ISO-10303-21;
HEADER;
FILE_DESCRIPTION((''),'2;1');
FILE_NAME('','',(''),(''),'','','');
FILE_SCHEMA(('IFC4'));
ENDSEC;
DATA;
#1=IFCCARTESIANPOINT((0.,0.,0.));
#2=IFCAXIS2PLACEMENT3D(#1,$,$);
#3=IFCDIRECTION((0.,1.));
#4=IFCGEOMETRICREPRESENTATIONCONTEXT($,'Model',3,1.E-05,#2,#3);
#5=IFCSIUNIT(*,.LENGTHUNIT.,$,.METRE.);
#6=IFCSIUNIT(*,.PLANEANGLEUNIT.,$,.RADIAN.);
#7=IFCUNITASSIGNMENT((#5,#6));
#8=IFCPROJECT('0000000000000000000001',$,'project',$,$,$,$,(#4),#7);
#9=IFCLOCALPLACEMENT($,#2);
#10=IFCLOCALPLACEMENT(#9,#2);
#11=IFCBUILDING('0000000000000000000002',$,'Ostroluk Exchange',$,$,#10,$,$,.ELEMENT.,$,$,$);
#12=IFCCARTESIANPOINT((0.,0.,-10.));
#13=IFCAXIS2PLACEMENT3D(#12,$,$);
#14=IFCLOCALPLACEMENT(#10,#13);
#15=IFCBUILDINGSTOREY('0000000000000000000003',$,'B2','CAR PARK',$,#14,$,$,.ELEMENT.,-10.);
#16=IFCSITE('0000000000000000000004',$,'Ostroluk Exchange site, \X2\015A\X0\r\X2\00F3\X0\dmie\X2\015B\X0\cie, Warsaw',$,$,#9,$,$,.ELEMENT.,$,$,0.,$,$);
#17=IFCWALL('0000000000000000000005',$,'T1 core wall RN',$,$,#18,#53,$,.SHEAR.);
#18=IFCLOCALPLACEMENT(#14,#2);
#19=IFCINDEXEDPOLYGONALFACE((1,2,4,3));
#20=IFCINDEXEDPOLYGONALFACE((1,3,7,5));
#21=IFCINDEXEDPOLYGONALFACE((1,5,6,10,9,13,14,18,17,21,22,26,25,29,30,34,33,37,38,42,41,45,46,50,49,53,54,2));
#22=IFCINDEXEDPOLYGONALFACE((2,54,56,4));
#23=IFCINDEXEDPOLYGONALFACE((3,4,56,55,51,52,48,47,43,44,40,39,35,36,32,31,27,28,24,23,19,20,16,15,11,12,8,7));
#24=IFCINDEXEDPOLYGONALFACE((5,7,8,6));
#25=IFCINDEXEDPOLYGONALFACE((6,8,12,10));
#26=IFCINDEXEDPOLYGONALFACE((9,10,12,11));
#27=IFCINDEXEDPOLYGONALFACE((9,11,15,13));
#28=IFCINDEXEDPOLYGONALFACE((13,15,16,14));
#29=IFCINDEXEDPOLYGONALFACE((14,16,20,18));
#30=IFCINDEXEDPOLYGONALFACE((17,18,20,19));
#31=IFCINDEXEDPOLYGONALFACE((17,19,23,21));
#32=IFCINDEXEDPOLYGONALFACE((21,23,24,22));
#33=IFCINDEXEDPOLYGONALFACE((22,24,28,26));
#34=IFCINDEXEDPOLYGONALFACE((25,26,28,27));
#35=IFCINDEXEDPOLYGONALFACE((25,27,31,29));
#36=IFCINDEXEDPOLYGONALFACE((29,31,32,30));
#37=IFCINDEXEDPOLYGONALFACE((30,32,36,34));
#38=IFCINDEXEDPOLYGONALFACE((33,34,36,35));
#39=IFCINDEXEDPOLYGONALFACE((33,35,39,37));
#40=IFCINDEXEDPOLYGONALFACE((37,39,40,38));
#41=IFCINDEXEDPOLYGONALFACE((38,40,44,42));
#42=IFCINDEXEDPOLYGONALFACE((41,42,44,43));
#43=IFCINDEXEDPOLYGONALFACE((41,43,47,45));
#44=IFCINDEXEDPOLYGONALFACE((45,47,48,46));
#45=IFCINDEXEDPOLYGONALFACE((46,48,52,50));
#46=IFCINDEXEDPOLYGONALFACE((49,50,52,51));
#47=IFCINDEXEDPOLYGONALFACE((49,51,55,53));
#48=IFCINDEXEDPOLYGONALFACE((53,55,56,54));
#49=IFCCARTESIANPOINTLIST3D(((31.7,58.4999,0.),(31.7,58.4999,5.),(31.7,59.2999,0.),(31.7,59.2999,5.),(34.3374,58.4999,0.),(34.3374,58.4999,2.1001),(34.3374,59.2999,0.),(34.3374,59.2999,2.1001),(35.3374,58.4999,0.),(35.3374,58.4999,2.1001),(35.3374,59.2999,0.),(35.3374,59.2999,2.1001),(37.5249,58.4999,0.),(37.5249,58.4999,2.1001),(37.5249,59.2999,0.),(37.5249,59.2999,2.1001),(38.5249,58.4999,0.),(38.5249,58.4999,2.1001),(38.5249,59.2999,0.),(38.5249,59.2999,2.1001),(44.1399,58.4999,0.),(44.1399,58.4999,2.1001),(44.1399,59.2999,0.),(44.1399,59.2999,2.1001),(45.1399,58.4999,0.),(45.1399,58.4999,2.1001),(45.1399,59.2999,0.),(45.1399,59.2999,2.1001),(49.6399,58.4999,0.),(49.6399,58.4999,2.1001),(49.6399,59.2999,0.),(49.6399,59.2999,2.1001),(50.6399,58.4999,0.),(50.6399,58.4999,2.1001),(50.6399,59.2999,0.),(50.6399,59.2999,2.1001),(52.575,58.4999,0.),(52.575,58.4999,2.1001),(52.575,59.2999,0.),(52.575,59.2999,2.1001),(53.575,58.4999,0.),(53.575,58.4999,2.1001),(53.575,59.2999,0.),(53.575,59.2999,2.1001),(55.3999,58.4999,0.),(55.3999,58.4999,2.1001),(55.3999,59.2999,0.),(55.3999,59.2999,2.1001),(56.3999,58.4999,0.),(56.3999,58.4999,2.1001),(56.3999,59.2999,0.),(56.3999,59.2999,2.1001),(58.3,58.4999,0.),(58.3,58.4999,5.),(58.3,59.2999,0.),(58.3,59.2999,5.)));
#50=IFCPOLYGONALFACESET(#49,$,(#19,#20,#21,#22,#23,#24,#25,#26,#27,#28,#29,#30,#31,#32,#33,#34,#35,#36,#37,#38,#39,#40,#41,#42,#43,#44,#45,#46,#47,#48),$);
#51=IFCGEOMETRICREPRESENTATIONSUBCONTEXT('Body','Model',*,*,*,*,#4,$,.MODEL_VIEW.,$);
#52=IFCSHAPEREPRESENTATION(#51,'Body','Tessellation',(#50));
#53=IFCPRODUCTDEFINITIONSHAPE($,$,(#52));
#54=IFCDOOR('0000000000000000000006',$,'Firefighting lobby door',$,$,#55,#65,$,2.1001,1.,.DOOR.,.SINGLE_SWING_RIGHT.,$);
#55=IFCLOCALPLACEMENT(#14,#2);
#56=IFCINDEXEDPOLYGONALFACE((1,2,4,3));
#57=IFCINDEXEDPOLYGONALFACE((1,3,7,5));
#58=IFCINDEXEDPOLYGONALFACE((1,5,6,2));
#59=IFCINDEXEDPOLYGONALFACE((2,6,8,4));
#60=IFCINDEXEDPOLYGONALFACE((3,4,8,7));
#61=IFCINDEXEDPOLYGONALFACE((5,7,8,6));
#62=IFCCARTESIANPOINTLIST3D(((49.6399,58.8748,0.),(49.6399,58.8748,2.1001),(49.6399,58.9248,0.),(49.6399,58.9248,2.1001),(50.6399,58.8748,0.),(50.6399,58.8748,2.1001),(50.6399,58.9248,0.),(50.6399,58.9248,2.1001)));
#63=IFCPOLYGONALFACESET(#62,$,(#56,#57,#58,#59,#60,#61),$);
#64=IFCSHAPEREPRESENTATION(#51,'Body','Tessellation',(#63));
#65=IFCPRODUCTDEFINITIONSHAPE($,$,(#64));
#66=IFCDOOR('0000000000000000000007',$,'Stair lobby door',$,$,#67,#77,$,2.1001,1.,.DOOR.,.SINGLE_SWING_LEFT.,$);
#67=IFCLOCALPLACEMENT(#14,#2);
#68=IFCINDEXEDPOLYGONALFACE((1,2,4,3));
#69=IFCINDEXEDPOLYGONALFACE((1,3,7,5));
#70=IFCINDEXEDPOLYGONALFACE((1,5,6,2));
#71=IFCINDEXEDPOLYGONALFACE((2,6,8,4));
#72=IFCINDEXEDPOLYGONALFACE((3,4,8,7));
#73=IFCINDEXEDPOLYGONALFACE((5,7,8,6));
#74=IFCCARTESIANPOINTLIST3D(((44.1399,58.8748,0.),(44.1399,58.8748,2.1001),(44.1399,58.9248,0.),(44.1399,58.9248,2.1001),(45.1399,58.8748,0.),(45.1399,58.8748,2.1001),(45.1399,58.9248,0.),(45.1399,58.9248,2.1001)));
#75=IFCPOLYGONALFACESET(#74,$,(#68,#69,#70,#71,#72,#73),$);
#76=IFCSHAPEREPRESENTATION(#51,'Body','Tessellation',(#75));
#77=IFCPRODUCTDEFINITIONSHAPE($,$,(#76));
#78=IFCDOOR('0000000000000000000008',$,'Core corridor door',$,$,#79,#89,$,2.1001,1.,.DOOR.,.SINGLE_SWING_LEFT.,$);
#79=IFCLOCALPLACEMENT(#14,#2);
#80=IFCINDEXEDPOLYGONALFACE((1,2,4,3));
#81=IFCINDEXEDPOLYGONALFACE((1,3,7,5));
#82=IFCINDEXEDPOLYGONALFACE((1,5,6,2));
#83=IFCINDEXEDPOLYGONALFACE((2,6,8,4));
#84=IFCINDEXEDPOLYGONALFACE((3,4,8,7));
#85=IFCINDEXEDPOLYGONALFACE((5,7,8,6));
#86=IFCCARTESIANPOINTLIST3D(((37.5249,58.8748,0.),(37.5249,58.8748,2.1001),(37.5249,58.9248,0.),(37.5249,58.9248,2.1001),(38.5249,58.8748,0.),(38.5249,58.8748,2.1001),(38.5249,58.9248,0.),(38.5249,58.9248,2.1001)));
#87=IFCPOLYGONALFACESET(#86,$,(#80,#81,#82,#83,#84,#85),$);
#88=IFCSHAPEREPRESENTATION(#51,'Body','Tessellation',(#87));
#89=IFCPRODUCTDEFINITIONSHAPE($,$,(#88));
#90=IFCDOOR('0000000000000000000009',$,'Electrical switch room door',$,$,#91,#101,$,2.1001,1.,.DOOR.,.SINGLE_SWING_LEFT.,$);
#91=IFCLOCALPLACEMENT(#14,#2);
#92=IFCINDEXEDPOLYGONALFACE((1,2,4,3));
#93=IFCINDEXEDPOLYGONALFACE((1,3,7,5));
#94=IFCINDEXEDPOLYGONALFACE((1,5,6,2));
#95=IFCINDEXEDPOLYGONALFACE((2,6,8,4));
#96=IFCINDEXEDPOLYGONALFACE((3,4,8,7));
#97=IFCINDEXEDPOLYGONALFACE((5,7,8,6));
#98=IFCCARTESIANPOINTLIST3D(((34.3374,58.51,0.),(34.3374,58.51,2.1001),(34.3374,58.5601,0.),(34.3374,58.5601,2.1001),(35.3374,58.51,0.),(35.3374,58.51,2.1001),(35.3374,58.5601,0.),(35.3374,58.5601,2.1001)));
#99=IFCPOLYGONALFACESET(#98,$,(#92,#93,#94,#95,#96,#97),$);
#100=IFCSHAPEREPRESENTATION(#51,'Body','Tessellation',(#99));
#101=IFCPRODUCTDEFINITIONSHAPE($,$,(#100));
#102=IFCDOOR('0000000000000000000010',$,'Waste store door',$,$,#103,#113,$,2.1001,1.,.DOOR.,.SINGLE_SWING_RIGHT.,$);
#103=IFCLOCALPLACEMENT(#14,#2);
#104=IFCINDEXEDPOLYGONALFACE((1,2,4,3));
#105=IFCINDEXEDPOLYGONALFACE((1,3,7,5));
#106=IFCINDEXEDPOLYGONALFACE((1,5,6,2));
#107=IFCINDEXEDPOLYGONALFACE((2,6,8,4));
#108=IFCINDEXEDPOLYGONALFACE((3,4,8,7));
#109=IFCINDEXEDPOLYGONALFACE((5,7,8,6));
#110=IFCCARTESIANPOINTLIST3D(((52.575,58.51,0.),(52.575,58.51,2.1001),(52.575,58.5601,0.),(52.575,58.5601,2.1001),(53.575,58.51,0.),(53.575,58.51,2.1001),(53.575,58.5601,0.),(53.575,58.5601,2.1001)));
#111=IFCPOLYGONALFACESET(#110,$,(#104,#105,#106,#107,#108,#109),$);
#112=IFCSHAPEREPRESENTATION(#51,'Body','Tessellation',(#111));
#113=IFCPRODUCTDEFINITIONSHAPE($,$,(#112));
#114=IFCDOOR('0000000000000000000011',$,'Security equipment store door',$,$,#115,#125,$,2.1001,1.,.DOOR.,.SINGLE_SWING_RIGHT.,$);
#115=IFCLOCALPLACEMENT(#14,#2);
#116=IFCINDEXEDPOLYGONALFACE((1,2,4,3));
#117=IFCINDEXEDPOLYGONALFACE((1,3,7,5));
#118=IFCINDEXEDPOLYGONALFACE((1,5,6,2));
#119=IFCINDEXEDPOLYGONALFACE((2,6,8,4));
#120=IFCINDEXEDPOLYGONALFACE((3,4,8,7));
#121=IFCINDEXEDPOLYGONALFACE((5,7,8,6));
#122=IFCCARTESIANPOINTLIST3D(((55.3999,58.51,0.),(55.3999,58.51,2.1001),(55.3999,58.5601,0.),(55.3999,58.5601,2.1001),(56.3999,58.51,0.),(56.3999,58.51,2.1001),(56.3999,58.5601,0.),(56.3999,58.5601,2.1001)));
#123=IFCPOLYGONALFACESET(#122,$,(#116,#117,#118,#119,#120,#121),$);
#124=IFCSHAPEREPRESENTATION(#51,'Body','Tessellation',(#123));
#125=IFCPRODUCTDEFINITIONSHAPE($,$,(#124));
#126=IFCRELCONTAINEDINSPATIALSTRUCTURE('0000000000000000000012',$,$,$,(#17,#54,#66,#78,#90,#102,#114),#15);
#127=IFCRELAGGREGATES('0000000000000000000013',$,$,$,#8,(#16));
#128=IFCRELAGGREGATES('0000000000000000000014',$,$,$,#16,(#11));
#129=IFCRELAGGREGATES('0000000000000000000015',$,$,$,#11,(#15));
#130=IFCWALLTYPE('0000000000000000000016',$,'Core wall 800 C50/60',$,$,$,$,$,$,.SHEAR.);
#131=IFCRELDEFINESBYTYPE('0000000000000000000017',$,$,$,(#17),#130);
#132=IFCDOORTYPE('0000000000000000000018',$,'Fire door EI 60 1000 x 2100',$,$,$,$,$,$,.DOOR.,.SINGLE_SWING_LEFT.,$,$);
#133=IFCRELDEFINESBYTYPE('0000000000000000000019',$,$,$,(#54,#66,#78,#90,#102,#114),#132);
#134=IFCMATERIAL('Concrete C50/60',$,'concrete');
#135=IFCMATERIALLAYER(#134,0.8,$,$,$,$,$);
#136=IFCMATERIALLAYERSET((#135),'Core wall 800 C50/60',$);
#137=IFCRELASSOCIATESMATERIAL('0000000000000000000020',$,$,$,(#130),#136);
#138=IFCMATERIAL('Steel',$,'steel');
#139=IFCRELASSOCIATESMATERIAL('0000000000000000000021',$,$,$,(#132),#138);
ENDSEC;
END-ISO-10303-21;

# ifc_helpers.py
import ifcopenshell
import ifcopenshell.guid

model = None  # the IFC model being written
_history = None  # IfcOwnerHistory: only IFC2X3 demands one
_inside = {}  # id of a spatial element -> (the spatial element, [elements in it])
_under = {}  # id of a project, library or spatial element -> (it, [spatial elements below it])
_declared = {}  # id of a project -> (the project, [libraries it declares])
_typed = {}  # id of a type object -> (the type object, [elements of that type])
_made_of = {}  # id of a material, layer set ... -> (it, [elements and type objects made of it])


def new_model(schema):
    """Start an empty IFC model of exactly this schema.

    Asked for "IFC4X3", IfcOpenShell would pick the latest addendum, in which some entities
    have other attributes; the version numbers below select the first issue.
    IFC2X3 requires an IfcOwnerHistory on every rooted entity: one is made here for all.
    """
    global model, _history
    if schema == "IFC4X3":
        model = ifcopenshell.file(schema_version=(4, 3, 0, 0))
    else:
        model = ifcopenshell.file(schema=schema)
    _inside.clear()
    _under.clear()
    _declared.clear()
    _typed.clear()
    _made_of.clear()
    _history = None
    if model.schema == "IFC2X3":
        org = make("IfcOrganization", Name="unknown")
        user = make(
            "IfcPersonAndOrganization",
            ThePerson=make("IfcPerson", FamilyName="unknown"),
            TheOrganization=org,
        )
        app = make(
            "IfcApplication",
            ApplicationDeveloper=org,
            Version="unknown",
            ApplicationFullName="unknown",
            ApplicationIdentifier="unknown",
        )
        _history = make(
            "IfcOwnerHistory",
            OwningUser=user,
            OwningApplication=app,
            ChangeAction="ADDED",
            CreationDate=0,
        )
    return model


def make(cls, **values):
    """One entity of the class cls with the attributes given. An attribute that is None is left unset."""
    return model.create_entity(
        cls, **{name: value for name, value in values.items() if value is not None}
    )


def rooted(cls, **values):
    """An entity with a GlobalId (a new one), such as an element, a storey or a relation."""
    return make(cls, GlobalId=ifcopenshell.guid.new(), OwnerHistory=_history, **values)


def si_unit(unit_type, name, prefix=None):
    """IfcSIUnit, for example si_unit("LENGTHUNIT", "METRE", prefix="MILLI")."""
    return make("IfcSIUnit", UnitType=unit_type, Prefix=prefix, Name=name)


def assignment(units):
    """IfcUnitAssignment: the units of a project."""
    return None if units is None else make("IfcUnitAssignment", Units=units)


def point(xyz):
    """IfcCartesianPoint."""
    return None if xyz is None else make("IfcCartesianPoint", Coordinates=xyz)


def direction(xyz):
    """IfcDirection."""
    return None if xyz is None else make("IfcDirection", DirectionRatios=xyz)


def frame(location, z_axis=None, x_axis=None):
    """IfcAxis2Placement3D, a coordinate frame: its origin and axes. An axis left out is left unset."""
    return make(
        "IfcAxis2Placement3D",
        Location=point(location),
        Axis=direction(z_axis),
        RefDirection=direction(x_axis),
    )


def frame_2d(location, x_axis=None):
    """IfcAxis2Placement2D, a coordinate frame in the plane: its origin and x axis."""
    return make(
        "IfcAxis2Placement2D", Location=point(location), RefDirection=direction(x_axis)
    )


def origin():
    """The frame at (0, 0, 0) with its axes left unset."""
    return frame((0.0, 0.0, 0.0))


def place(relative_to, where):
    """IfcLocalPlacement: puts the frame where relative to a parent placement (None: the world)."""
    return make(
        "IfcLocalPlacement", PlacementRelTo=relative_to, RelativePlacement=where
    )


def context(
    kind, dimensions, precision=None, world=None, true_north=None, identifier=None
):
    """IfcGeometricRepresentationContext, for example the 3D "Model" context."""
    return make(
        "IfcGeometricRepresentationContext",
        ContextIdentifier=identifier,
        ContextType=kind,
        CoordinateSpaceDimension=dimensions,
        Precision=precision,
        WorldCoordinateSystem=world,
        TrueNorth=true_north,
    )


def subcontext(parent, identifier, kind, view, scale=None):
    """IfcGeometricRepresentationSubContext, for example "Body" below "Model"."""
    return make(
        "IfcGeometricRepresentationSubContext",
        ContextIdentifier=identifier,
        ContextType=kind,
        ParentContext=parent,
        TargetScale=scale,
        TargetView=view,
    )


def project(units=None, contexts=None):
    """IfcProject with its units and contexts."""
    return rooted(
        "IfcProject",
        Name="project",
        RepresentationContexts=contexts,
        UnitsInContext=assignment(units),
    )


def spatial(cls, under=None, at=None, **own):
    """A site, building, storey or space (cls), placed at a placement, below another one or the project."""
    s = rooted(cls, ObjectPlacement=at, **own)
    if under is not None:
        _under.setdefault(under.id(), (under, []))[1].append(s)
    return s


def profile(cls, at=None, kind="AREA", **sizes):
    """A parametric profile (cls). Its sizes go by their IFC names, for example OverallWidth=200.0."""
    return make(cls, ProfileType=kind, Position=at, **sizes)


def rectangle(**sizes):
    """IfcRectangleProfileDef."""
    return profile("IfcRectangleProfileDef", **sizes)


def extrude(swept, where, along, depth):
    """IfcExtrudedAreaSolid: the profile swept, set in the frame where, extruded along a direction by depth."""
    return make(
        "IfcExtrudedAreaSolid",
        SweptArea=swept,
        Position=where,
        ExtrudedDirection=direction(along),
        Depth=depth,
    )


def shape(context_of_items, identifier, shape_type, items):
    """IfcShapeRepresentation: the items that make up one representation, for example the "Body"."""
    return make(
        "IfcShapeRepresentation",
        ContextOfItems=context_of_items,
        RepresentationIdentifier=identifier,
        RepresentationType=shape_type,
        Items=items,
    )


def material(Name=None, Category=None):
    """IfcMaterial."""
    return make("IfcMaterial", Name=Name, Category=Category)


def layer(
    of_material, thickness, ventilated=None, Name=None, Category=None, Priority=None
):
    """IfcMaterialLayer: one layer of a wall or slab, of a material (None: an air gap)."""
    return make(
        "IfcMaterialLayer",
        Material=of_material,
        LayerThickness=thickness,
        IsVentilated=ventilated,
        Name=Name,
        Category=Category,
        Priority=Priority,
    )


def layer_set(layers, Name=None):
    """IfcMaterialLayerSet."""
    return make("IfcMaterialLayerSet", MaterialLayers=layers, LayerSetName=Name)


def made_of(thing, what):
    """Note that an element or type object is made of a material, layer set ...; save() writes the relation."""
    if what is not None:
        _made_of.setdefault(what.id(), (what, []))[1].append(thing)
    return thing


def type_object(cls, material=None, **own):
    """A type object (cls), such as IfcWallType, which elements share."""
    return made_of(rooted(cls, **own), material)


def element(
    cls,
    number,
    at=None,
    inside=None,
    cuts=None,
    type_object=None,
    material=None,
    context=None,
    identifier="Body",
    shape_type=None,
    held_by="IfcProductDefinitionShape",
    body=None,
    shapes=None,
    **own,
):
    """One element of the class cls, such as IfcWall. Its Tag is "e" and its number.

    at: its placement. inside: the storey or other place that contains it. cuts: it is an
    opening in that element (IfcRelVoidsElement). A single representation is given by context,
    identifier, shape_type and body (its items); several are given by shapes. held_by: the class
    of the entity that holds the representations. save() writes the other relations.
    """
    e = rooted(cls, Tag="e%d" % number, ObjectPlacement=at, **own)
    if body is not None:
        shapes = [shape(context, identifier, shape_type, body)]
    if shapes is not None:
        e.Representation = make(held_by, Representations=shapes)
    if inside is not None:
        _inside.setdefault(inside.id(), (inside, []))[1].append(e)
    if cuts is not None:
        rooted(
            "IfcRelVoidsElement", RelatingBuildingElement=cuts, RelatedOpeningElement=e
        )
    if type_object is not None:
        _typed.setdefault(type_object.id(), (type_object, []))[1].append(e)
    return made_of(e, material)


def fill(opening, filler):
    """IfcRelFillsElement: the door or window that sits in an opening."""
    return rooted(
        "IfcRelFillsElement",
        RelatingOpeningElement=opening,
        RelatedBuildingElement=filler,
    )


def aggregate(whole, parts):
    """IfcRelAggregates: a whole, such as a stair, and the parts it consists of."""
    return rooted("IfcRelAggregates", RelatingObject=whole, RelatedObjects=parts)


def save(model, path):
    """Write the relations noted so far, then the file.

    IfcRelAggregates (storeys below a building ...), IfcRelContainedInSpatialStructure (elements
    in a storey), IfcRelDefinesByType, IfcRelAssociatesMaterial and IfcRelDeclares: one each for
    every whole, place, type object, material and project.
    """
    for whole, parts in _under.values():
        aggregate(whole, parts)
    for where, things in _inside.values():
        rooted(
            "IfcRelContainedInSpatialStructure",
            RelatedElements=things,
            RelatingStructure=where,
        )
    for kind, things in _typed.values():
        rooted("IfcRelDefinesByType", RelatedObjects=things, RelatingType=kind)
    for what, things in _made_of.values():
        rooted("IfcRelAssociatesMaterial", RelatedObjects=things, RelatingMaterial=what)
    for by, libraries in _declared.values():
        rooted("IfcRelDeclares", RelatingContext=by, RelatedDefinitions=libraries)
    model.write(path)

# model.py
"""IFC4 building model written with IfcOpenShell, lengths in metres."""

from ifc_helpers import new_model, si_unit, direction, frame, frame_2d, origin, place, context, subcontext, project, spatial, rectangle, extrude, material, layer, layer_set, type_object, element, fill, save


model = new_model("IFC4")

# Units and contexts
model_context = context("Model", 3, precision=1e-05, world=origin(), true_north=direction((0.0, 1.0)))
body_context = subcontext(model_context, "Body", "Model", "MODEL_VIEW")
ifc_project = project(units=[si_unit("LENGTHUNIT", "METRE"), si_unit("PLANEANGLEUNIT", "RADIAN")], contexts=[model_context])

# Site, building, storey
site_placement = place(None, origin())
site = spatial("IfcSite", under=ifc_project, at=site_placement, Name="Ostroluk Exchange site, Śródmieście, Warsaw", CompositionType="ELEMENT", RefElevation=0.0)
building_placement = place(site_placement, origin())
building = spatial("IfcBuilding", under=site, at=building_placement, Name="Ostroluk Exchange", CompositionType="ELEMENT")
storey_placement = place(building_placement, frame((0.0, 0.0, -10.0)))
storey = spatial("IfcBuildingStorey", under=building, at=storey_placement, Name="B2", Description="CAR PARK", CompositionType="ELEMENT", Elevation=-10.0)

# Wall, openings, doors
ifc_material_1 = material(Name="Concrete C50/60", Category="concrete")
ifc_layer = layer(ifc_material_1, 0.8)
ifc_layer_set = layer_set([ifc_layer], Name="Core wall 800 C50/60")
wall_type = type_object("IfcWallType", Name="Core wall 800 C50/60", PredefinedType="SHEAR", material=ifc_layer_set)
wall_placement = place(storey_placement, frame((31.7, 58.8999, 0.0), z_axis=(0.0, 0.0, 1.0), x_axis=(1.0, 0.0, 0.0)))
wall = element("IfcWall", 1, at=wall_placement, inside=storey, type_object=wall_type, Name="T1 core wall RN", PredefinedType="SHEAR", context=body_context, shape_type="SweptSolid", body=[
    extrude(rectangle(XDim=26.6001, YDim=0.8, at=frame_2d((13.3, 0.0))), origin(), (0.0, 0.0, 1.0), 5.0),
])
opening_1_placement = place(wall_placement, frame((17.9399, 0.0, 0.0)))
opening_1 = element("IfcOpeningElement", 2, at=opening_1_placement, cuts=wall, PredefinedType="OPENING", context=body_context, shape_type="SweptSolid", body=[
    extrude(rectangle(XDim=1.0, YDim=2.1001, at=frame_2d((0.5, 1.05))), frame((0.0, 0.4099, 0.0), z_axis=(0.0, -1.0, 0.0), x_axis=(1.0, 0.0, 0.0)), (0.0, 0.0, 1.0), 0.8201),
])
opening_2_placement = place(wall_placement, frame((12.4399, 0.0, 0.0)))
opening_2 = element("IfcOpeningElement", 3, at=opening_2_placement, cuts=wall, PredefinedType="OPENING", context=body_context, shape_type="SweptSolid", body=[
    extrude(rectangle(XDim=1.0, YDim=2.1001, at=frame_2d((0.5, 1.05))), frame((0.0, 0.4099, 0.0), z_axis=(0.0, -1.0, 0.0), x_axis=(1.0, 0.0, 0.0)), (0.0, 0.0, 1.0), 0.8201),
])
opening_3_placement = place(wall_placement, frame((5.825, 0.0, 0.0)))
opening_3 = element("IfcOpeningElement", 4, at=opening_3_placement, cuts=wall, PredefinedType="OPENING", context=body_context, shape_type="SweptSolid", body=[
    extrude(rectangle(XDim=1.0, YDim=2.1001, at=frame_2d((0.5, 1.05))), frame((0.0, 0.4099, 0.0), z_axis=(0.0, -1.0, 0.0), x_axis=(1.0, 0.0, 0.0)), (0.0, 0.0, 1.0), 0.8201),
])
opening_4_placement = place(wall_placement, frame((2.6375, 0.0, 0.0)))
opening_4 = element("IfcOpeningElement", 5, at=opening_4_placement, cuts=wall, PredefinedType="OPENING", context=body_context, shape_type="SweptSolid", body=[
    extrude(rectangle(XDim=1.0, YDim=2.1001, at=frame_2d((0.5, 1.05))), frame((0.0, 0.4099, 0.0), z_axis=(0.0, -1.0, 0.0), x_axis=(1.0, 0.0, 0.0)), (0.0, 0.0, 1.0), 0.8201),
])
opening_5_placement = place(wall_placement, frame((20.875, 0.0, 0.0)))
opening_5 = element("IfcOpeningElement", 6, at=opening_5_placement, cuts=wall, PredefinedType="OPENING", context=body_context, shape_type="SweptSolid", body=[
    extrude(rectangle(XDim=1.0, YDim=2.1001, at=frame_2d((0.5, 1.05))), frame((0.0, 0.4099, 0.0), z_axis=(0.0, -1.0, 0.0), x_axis=(1.0, 0.0, 0.0)), (0.0, 0.0, 1.0), 0.8201),
])
opening_6_placement = place(wall_placement, frame((23.7, 0.0, 0.0)))
opening_6 = element("IfcOpeningElement", 7, at=opening_6_placement, cuts=wall, PredefinedType="OPENING", context=body_context, shape_type="SweptSolid", body=[
    extrude(rectangle(XDim=1.0, YDim=2.1001, at=frame_2d((0.5, 1.05))), frame((0.0, 0.4099, 0.0), z_axis=(0.0, -1.0, 0.0), x_axis=(1.0, 0.0, 0.0)), (0.0, 0.0, 1.0), 0.8201),
])
ifc_material_2 = material(Name="Steel", Category="steel")
door_type = type_object("IfcDoorType", Name="Fire door EI 60 1000 x 2100", OperationType="SINGLE_SWING_LEFT", PredefinedType="DOOR", material=ifc_material_2)
door_1_placement = place(opening_1_placement, origin())
door_1 = element("IfcDoor", 8, at=door_1_placement, inside=storey, type_object=door_type, Name="Firefighting lobby door", OperationType="SINGLE_SWING_RIGHT", OverallHeight=2.1001, OverallWidth=1.0, PredefinedType="DOOR", context=body_context, shape_type="SweptSolid", body=[
    extrude(rectangle(XDim=1.0, YDim=2.1001, at=frame_2d((0.5, 1.05))), frame((0.0, 0.0249, 0.0), z_axis=(0.0, -1.0, 0.0), x_axis=(1.0, 0.0, 0.0)), (0.0, 0.0, 1.0), 0.05),
])
fill(opening_1, door_1)
door_2_placement = place(opening_2_placement, origin())
door_2 = element("IfcDoor", 9, at=door_2_placement, inside=storey, type_object=door_type, Name="Stair lobby door", OperationType="SINGLE_SWING_LEFT", OverallHeight=2.1001, OverallWidth=1.0, PredefinedType="DOOR", context=body_context, shape_type="SweptSolid", body=[
    extrude(rectangle(XDim=1.0, YDim=2.1001, at=frame_2d((0.5, 1.05))), frame((0.0, 0.0249, 0.0), z_axis=(0.0, -1.0, 0.0), x_axis=(1.0, 0.0, 0.0)), (0.0, 0.0, 1.0), 0.05),
])
fill(opening_2, door_2)
door_3_placement = place(opening_3_placement, origin())
door_3 = element("IfcDoor", 10, at=door_3_placement, inside=storey, type_object=door_type, Name="Core corridor door", OperationType="SINGLE_SWING_LEFT", OverallHeight=2.1001, OverallWidth=1.0, PredefinedType="DOOR", context=body_context, shape_type="SweptSolid", body=[
    extrude(rectangle(XDim=1.0, YDim=2.1001, at=frame_2d((0.5, 1.05))), frame((0.0, 0.0249, 0.0), z_axis=(0.0, -1.0, 0.0), x_axis=(1.0, 0.0, 0.0)), (0.0, 0.0, 1.0), 0.05),
])
fill(opening_3, door_3)
door_4_placement = place(opening_4_placement, origin())
door_4 = element("IfcDoor", 11, at=door_4_placement, inside=storey, type_object=door_type, Name="Electrical switch room door", OperationType="SINGLE_SWING_LEFT", OverallHeight=2.1001, OverallWidth=1.0, PredefinedType="DOOR", context=body_context, shape_type="SweptSolid", body=[
    extrude(rectangle(XDim=1.0, YDim=2.1001, at=frame_2d((0.5, 1.05))), frame((0.0, -0.3398, 0.0), z_axis=(0.0, -1.0, 0.0), x_axis=(1.0, 0.0, 0.0)), (0.0, 0.0, 1.0), 0.05),
])
fill(opening_4, door_4)
door_5_placement = place(opening_5_placement, origin())
door_5 = element("IfcDoor", 12, at=door_5_placement, inside=storey, type_object=door_type, Name="Waste store door", OperationType="SINGLE_SWING_RIGHT", OverallHeight=2.1001, OverallWidth=1.0, PredefinedType="DOOR", context=body_context, shape_type="SweptSolid", body=[
    extrude(rectangle(XDim=1.0, YDim=2.1001, at=frame_2d((0.5, 1.05))), frame((0.0, -0.3398, 0.0), z_axis=(0.0, -1.0, 0.0), x_axis=(1.0, 0.0, 0.0)), (0.0, 0.0, 1.0), 0.05),
])
fill(opening_5, door_5)
door_6_placement = place(opening_6_placement, origin())
door_6 = element("IfcDoor", 13, at=door_6_placement, inside=storey, type_object=door_type, Name="Security equipment store door", OperationType="SINGLE_SWING_RIGHT", OverallHeight=2.1001, OverallWidth=1.0, PredefinedType="DOOR", context=body_context, shape_type="SweptSolid", body=[
    extrude(rectangle(XDim=1.0, YDim=2.1001, at=frame_2d((0.5, 1.05))), frame((0.0, -0.3398, 0.0), z_axis=(0.0, -1.0, 0.0), x_axis=(1.0, 0.0, 0.0)), (0.0, 0.0, 1.0), 0.05),
])
fill(opening_6, door_6)

save(model, "model.ifc")
